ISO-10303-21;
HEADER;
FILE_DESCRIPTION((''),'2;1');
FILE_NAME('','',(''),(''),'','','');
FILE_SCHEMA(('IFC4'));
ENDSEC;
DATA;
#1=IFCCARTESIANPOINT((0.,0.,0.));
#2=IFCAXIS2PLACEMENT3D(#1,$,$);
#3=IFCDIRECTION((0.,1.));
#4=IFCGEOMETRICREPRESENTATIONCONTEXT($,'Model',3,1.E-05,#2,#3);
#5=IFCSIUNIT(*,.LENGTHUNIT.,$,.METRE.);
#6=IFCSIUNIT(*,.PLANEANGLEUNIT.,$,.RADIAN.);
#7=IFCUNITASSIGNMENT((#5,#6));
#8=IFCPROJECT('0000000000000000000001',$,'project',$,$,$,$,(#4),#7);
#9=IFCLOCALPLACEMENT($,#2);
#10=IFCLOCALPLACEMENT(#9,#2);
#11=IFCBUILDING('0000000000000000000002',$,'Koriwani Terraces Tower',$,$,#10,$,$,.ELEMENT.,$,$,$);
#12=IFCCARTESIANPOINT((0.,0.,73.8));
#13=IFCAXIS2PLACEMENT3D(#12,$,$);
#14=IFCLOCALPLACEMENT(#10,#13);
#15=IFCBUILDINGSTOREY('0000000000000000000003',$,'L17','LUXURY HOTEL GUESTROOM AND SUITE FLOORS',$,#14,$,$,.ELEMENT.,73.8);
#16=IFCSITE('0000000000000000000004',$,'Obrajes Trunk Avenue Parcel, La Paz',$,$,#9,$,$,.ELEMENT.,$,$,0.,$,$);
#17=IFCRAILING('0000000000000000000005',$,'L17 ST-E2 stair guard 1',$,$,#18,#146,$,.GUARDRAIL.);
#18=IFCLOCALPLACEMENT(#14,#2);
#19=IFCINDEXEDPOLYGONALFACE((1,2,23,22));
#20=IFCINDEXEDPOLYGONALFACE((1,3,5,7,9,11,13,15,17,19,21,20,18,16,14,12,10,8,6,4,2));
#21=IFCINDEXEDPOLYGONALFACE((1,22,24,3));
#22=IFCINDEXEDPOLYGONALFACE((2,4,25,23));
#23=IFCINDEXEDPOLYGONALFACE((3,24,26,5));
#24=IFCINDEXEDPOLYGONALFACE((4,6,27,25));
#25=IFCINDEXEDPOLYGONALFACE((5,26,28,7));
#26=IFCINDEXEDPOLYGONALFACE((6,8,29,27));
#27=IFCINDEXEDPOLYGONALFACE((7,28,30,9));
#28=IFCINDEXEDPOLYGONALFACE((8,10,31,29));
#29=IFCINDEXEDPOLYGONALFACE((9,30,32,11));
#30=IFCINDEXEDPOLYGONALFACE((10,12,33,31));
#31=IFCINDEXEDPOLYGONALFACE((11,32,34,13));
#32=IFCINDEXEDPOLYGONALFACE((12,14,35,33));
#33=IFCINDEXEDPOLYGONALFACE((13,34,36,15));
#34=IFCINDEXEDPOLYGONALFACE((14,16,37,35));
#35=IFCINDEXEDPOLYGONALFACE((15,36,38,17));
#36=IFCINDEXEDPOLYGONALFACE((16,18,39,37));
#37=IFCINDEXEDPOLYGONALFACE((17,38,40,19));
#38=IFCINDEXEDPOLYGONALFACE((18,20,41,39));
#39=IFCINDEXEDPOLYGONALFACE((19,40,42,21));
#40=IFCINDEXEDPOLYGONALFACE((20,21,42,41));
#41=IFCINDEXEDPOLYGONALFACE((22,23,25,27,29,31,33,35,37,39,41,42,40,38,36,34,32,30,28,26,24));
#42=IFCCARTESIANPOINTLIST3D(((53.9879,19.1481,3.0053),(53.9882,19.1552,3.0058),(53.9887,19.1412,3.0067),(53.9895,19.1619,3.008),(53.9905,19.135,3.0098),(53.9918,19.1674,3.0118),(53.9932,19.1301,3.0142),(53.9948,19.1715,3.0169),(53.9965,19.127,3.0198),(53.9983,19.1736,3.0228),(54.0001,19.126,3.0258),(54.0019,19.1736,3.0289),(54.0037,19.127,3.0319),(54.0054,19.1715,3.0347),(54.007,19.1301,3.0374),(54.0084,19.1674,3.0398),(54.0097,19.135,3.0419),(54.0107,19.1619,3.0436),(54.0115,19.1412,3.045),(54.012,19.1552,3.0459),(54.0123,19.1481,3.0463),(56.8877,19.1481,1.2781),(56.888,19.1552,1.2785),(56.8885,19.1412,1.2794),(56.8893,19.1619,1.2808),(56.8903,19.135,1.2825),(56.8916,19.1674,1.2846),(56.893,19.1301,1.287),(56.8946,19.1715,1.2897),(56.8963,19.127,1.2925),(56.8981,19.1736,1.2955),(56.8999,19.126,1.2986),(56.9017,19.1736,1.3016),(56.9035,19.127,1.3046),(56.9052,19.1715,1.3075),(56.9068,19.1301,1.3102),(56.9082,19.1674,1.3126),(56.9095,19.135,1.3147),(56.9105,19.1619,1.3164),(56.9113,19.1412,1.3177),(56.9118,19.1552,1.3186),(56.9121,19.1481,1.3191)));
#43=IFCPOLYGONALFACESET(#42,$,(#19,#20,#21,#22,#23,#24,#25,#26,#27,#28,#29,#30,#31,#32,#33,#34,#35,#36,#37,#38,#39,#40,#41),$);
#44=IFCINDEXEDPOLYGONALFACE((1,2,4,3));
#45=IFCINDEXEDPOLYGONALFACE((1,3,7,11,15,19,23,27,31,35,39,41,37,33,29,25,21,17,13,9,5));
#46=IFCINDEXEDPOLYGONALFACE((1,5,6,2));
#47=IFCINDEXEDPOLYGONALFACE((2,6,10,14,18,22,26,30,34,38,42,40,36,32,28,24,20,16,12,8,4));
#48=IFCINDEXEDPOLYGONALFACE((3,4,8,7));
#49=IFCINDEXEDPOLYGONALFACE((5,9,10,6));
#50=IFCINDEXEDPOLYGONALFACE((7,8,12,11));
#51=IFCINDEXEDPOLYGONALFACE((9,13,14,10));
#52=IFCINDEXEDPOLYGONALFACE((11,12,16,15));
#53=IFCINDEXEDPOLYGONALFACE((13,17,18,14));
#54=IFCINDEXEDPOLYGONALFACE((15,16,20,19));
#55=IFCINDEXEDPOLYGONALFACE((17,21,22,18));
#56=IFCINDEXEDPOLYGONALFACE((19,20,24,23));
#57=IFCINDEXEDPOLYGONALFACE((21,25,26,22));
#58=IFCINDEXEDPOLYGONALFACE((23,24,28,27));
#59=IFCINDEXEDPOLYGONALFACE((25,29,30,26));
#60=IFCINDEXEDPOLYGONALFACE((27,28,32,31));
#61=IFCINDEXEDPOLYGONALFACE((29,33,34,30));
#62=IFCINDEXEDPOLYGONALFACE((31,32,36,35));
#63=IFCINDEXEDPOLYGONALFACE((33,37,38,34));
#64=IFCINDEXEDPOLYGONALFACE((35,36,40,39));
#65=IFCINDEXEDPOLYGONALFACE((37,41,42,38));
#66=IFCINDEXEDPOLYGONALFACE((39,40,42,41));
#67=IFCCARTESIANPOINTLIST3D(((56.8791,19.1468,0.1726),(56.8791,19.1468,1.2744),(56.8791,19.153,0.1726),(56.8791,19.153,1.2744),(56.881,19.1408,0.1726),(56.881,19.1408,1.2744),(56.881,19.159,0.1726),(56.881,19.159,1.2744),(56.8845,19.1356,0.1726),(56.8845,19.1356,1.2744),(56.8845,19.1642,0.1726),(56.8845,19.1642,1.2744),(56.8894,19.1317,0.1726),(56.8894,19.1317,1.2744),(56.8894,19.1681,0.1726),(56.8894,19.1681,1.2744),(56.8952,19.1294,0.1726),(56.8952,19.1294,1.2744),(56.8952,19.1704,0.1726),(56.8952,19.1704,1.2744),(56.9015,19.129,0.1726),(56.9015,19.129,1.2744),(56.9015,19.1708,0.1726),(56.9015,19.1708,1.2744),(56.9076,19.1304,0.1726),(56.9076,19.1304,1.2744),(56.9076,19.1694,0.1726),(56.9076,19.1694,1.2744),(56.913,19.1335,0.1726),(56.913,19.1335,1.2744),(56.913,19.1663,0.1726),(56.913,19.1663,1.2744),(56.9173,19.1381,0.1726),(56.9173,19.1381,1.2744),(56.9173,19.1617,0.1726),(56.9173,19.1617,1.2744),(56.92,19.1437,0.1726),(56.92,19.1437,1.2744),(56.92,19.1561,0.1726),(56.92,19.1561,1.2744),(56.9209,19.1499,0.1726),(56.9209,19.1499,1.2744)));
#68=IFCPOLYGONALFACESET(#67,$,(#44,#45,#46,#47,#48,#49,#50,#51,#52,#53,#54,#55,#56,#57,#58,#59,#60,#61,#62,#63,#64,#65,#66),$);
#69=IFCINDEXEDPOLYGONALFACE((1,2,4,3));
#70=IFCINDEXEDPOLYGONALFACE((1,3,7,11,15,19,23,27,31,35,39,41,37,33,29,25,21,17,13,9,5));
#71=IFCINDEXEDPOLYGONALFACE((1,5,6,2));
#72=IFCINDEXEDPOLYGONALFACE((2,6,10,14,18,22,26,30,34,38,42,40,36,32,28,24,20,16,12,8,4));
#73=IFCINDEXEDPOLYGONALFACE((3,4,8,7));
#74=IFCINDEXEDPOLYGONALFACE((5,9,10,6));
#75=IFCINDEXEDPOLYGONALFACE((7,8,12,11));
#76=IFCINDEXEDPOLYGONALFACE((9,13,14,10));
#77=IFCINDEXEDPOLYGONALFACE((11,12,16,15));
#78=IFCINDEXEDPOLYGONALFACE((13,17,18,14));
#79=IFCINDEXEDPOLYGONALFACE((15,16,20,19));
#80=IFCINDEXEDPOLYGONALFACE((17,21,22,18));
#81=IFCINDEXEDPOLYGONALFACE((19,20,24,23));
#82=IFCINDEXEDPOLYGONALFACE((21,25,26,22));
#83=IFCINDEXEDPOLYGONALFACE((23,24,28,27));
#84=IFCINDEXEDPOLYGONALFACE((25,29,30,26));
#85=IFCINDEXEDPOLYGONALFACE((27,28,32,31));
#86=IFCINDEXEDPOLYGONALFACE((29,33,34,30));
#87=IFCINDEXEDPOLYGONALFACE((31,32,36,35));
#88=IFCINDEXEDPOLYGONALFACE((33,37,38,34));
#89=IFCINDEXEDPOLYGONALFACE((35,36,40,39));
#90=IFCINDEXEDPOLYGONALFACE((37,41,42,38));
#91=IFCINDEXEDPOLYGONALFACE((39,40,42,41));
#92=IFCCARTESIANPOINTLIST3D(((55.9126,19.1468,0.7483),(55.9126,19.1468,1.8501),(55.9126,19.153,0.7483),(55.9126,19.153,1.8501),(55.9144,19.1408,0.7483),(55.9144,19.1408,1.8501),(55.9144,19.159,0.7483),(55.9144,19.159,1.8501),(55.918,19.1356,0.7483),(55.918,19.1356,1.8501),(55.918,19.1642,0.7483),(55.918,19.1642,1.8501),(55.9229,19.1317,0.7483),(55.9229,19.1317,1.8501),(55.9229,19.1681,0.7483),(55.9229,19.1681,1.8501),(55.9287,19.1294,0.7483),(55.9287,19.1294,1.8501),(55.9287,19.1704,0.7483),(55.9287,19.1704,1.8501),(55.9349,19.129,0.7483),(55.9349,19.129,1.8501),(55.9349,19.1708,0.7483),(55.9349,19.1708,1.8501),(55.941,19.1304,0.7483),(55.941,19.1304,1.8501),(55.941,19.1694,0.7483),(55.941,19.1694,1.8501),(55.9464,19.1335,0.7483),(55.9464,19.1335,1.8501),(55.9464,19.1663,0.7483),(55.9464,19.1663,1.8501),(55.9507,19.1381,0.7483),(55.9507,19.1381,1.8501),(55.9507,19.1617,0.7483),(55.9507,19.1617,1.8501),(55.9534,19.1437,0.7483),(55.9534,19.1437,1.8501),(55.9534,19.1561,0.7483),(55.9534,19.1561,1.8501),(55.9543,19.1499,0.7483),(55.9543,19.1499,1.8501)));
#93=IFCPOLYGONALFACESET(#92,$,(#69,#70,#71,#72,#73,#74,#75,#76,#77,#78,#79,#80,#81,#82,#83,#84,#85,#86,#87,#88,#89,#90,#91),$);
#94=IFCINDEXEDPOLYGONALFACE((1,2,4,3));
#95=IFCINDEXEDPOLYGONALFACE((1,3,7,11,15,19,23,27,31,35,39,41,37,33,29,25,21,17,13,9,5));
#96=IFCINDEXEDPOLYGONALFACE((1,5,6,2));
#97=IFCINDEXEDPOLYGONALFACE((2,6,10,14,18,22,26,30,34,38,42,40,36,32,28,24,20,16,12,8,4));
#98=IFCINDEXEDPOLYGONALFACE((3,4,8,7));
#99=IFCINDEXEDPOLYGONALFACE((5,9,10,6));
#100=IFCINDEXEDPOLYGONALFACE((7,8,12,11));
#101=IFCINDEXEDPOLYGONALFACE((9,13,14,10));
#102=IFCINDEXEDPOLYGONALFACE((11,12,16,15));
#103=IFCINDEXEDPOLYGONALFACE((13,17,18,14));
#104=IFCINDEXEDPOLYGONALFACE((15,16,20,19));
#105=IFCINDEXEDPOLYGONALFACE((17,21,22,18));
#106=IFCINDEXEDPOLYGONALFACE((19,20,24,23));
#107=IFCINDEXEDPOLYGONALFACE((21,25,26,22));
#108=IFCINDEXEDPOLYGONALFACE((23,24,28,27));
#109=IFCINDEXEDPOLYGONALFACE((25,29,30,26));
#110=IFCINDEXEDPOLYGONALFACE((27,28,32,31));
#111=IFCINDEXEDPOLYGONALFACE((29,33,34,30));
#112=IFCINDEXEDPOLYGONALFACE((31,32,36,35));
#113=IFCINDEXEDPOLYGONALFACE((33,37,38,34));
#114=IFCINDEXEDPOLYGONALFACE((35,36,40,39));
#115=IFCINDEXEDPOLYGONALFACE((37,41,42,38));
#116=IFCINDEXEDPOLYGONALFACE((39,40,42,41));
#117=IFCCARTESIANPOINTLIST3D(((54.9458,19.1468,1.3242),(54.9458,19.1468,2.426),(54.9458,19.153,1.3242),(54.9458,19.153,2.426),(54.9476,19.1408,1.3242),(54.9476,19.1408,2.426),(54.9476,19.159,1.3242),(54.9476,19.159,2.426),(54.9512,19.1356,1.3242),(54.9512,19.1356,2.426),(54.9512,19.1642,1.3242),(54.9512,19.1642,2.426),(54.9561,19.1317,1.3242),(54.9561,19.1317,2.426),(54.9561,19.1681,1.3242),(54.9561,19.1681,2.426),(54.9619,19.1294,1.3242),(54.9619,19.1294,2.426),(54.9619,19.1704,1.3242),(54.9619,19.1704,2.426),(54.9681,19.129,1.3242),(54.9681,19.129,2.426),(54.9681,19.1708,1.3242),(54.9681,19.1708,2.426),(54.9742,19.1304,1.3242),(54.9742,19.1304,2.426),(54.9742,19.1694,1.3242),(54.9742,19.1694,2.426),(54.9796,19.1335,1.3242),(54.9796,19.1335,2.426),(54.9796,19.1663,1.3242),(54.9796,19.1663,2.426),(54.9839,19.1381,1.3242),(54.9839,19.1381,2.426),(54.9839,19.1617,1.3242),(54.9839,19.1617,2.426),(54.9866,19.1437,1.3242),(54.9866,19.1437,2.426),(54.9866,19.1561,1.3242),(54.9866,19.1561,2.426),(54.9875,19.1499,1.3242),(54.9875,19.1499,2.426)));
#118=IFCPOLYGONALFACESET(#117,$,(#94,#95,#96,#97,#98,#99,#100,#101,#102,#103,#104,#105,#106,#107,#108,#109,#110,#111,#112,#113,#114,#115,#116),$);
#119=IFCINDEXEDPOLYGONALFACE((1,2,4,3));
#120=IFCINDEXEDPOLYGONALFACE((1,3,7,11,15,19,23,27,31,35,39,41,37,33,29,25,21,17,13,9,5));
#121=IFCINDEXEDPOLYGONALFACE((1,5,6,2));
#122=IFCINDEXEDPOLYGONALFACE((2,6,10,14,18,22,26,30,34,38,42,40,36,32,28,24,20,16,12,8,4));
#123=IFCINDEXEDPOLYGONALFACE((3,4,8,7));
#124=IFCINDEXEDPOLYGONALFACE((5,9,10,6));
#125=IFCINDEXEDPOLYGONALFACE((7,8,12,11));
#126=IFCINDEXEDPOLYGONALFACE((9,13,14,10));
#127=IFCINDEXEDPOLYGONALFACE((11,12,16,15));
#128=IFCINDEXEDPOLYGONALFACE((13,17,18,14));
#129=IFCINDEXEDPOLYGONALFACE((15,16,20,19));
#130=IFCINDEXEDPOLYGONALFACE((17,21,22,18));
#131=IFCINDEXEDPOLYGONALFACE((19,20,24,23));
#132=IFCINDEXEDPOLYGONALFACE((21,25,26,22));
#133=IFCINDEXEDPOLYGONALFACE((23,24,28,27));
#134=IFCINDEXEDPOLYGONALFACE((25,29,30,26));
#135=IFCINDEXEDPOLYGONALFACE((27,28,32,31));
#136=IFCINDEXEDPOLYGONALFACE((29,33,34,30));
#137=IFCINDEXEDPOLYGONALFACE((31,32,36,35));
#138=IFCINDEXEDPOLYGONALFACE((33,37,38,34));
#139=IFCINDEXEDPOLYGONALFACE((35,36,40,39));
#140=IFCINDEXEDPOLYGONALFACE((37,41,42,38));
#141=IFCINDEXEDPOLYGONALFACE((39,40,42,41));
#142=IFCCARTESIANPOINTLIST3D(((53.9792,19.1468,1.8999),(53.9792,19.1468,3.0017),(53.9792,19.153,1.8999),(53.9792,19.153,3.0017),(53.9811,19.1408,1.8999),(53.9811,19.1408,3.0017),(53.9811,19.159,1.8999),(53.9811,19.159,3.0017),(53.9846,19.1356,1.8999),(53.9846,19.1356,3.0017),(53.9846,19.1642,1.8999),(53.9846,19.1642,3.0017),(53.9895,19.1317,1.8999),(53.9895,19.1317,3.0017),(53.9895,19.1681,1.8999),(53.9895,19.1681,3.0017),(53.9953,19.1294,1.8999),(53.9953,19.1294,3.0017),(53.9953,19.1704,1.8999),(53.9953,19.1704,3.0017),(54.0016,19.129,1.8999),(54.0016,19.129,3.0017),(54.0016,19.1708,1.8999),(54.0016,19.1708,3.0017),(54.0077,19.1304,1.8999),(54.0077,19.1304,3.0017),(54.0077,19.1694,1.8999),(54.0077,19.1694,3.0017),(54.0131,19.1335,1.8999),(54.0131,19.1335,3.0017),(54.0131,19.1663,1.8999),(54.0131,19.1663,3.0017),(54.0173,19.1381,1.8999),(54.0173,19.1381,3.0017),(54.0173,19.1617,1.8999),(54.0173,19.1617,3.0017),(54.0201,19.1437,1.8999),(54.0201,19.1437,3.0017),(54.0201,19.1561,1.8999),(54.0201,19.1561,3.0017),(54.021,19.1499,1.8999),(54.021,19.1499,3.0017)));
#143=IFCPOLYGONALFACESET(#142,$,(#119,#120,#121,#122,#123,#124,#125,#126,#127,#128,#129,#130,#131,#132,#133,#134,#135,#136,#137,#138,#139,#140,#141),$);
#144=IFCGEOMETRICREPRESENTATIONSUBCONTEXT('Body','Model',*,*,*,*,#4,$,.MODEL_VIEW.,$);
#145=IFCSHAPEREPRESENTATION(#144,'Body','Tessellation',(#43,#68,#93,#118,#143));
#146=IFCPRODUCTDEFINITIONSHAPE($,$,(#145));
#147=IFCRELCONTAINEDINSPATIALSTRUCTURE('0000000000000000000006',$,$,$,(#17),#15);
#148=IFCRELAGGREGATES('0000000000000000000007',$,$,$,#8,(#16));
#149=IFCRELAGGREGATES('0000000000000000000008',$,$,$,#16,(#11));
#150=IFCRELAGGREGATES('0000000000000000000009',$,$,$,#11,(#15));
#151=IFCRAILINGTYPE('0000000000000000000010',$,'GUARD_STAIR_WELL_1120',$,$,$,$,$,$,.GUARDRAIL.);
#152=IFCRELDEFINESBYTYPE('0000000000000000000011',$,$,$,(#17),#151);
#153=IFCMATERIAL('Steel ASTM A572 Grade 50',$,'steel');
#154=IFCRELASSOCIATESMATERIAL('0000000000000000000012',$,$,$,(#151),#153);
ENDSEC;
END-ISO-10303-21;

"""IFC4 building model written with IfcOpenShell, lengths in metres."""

from ifc_helpers import new_model, si_unit, direction, frame, origin, origin_2d, place, context, subcontext, project, spatial, circle, extrude, material, type_object, element, save


model = new_model("IFC4")

# Units and contexts
model_context = context("Model", 3, precision=1e-05, world=origin(), true_north=direction((0.0, 1.0)))
body_context = subcontext(model_context, "Body", "Model", "MODEL_VIEW")
ifc_project = project(units=[si_unit("LENGTHUNIT", "METRE"), si_unit("PLANEANGLEUNIT", "RADIAN")], contexts=[model_context])

# Site, building, storey
site_placement = place(None, origin())
site = spatial("IfcSite", under=ifc_project, at=site_placement, Name="Obrajes Trunk Avenue Parcel, La Paz", CompositionType="ELEMENT", RefElevation=0.0)
building_placement = place(site_placement, origin())
building = spatial("IfcBuilding", under=site, at=building_placement, Name="Koriwani Terraces Tower", CompositionType="ELEMENT")
storey_placement = place(building_placement, frame((0.0, 0.0, 73.8)))
storey = spatial("IfcBuildingStorey", under=building, at=storey_placement, Name="L17", Description="LUXURY HOTEL GUESTROOM AND SUITE FLOORS", CompositionType="ELEMENT", Elevation=73.8)

# Shared definitions
ifc_material_1 = material(Name="Steel ASTM A572 Grade 50", Category="steel")

# Railing
railing_type_1 = type_object("IfcRailingType", Name="GUARD_STAIR_WELL_1120", PredefinedType="GUARDRAIL", material=ifc_material_1)
railing_1_placement = place(storey_placement, frame((56.8999, 19.1499, 0.1726)))
element("IfcRailing", 1, at=railing_1_placement, inside=storey, type_object=railing_type_1, Name="L17 ST-E2 stair guard 1", PredefinedType="GUARDRAIL", context=body_context, shape_type="SweptSolid", body=[
    extrude(circle(Radius=0.0239, at=origin_2d()), frame((0.0, 0.0, 1.126), z_axis=(-0.859141, 0.0, 0.511738), x_axis=(0.0, -1.0, 0.0)), (0.0, 0.0, 1.0), 3.3752),
    extrude(circle(Radius=0.021, at=origin_2d()), origin(), (0.0, 0.0, 1.0), 1.1018),
    extrude(circle(Radius=0.021, at=origin_2d()), frame((-0.9666, 0.0, 0.5757)), (0.0, 0.0, 1.0), 1.1018),
    extrude(circle(Radius=0.021, at=origin_2d()), frame((-1.9333, 0.0, 1.1516)), (0.0, 0.0, 1.0), 1.1018),
    extrude(circle(Radius=0.021, at=origin_2d()), frame((-2.8999, 0.0, 1.7273)), (0.0, 0.0, 1.0), 1.1018),
])

save(model, "model.ifc")
